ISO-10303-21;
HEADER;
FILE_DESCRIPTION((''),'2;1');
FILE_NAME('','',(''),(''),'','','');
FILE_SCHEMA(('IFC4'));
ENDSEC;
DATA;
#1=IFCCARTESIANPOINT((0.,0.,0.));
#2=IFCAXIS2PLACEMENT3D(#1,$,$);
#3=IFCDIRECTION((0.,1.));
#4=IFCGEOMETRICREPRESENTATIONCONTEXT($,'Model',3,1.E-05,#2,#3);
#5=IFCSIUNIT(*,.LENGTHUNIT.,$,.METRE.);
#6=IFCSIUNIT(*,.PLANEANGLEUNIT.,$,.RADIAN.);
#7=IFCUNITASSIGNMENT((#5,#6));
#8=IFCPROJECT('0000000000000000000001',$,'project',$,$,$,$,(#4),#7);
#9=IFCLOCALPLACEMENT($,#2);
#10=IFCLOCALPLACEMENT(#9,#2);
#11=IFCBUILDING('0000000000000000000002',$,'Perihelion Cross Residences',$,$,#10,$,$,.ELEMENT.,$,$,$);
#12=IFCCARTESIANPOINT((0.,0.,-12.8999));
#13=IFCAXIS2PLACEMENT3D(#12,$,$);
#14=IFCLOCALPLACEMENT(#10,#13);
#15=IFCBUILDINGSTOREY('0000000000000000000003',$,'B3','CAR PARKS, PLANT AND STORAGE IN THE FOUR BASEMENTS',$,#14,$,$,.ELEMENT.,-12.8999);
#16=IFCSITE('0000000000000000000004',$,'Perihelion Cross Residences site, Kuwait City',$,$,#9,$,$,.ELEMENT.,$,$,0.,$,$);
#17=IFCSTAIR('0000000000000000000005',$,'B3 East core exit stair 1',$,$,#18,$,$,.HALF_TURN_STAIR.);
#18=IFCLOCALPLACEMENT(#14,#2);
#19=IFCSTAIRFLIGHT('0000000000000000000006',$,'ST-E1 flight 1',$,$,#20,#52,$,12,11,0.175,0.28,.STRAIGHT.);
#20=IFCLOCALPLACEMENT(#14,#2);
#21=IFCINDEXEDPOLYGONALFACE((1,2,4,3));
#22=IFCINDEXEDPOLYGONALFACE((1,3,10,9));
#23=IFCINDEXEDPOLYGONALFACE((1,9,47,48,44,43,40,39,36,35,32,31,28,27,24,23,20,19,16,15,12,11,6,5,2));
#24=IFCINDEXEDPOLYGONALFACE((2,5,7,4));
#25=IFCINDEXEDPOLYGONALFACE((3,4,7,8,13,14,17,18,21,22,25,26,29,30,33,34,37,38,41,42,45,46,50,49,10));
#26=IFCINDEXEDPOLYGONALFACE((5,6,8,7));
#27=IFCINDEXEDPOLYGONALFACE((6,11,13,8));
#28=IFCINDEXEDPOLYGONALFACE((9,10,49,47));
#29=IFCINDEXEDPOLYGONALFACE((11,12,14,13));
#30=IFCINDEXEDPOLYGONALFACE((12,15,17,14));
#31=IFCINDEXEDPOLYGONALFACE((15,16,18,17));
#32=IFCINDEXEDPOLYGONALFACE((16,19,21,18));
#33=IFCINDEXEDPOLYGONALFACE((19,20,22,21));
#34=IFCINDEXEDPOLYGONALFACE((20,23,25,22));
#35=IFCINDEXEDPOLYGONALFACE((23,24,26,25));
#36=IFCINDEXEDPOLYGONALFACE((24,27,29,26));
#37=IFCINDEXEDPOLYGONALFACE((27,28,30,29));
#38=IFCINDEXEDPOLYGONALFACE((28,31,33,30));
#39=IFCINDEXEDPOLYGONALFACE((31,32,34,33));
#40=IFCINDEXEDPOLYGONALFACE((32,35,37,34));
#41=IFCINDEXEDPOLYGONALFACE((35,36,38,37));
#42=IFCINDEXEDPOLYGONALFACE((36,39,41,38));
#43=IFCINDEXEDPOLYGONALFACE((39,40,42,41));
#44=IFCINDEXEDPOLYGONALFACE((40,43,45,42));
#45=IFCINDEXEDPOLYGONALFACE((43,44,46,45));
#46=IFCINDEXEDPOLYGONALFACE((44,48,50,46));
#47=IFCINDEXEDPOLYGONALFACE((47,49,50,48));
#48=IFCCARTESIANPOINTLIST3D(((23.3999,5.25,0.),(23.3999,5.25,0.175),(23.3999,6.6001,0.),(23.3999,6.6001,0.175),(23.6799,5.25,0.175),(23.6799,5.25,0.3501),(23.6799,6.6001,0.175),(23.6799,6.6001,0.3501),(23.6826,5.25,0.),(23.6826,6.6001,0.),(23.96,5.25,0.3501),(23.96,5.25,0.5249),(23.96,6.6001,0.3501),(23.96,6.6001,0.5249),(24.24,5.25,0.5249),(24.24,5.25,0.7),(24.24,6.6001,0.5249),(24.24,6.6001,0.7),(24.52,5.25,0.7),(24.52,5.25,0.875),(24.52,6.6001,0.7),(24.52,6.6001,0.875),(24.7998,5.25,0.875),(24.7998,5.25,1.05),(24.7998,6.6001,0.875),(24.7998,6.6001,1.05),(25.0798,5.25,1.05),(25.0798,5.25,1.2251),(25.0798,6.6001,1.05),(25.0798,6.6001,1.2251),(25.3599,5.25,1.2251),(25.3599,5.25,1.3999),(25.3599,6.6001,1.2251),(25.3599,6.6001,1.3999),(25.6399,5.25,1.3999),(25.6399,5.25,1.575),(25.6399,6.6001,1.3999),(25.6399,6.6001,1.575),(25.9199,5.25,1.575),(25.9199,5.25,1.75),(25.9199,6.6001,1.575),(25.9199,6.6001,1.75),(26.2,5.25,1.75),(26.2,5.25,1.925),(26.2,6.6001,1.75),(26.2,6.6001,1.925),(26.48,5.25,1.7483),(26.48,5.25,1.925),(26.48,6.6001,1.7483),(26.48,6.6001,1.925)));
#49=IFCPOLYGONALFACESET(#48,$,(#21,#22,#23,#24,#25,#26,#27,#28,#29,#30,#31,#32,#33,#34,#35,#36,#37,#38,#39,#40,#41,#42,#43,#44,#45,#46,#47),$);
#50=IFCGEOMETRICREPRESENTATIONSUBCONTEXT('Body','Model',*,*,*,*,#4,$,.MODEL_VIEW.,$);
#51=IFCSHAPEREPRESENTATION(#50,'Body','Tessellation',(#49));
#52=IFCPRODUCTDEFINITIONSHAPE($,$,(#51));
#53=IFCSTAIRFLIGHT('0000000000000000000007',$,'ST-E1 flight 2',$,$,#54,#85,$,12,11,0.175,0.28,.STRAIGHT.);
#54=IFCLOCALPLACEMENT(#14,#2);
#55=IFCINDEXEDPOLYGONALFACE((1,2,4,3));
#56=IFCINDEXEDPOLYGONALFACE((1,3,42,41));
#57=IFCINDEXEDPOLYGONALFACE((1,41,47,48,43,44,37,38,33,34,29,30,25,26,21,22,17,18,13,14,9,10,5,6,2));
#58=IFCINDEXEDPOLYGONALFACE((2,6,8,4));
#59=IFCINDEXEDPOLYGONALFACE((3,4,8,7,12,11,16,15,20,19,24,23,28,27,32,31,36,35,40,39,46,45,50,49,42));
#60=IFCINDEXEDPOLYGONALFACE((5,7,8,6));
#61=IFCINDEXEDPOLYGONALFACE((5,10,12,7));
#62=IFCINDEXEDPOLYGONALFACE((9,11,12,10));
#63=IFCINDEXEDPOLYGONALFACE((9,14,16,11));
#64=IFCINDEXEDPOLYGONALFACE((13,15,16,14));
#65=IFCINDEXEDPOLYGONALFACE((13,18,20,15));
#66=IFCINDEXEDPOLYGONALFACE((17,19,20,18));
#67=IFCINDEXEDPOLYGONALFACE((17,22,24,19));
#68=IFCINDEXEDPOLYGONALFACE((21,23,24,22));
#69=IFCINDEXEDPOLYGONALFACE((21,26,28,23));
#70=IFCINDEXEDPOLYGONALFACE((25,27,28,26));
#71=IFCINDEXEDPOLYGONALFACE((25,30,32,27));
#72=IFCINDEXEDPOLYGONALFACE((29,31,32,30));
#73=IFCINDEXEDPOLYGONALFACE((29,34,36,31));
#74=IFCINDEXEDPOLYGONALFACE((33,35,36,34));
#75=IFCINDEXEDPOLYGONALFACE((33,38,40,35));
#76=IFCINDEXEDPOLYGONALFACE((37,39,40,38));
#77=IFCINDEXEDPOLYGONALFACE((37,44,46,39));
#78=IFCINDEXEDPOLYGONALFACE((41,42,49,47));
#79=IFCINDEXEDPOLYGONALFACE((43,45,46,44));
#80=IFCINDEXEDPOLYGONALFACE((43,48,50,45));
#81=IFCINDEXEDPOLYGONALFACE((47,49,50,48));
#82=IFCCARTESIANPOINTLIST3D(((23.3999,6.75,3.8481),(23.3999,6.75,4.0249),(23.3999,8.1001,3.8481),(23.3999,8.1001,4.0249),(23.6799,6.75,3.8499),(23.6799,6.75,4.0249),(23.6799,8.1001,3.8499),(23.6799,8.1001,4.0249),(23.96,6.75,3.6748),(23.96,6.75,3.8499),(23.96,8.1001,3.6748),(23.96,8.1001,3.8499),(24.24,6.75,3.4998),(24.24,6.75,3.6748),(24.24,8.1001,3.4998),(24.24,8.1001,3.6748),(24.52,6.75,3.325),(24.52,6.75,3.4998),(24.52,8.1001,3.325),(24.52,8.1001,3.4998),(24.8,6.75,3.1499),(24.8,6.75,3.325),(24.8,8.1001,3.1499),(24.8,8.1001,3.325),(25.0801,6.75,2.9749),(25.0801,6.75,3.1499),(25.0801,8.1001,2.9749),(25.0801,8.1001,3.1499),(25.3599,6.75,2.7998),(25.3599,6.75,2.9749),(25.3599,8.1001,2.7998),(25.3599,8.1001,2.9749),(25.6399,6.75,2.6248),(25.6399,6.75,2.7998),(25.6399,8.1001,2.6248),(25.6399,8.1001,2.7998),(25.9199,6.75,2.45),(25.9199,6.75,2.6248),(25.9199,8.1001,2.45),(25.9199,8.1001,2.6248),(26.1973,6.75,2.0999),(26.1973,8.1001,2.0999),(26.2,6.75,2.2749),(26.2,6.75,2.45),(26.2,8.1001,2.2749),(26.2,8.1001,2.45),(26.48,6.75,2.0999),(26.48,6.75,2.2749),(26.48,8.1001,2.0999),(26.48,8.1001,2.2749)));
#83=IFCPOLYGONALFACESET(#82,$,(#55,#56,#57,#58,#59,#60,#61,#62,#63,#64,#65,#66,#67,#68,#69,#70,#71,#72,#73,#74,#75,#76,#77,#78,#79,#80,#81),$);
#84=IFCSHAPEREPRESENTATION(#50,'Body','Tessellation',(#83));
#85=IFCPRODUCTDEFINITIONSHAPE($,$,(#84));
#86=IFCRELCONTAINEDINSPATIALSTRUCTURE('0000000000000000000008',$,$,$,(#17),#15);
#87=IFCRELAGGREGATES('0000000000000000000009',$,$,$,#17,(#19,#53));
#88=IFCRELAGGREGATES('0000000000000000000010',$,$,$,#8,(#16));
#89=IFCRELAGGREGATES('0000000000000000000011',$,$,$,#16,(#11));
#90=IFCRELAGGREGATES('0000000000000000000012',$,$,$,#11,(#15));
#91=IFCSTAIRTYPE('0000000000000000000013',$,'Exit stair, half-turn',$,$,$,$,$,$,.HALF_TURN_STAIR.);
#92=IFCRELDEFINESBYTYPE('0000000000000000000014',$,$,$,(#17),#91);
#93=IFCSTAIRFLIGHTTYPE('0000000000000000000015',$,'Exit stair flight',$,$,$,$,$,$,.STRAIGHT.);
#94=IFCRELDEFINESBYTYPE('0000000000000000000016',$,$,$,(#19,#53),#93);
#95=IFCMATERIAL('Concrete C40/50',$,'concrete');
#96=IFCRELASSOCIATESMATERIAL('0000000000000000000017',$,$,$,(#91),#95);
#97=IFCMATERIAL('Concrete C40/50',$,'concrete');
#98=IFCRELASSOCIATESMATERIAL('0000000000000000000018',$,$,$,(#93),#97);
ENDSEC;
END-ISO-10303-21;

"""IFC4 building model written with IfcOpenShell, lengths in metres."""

from ifc_helpers import new_model, si_unit, direction, frame, origin, place, context, subcontext, project, spatial, polyline, outline, extrude, material, type_object, element, aggregate, save


model = new_model("IFC4")

# Units and contexts
model_context = context("Model", 3, precision=1e-05, world=origin(), true_north=direction((0.0, 1.0)))
body_context = subcontext(model_context, "Body", "Model", "MODEL_VIEW")
ifc_project = project(units=[si_unit("LENGTHUNIT", "METRE"), si_unit("PLANEANGLEUNIT", "RADIAN")], contexts=[model_context])

# Site, building, storey
site_placement = place(None, origin())
site = spatial("IfcSite", under=ifc_project, at=site_placement, Name="Perihelion Cross Residences site, Kuwait City", CompositionType="ELEMENT", RefElevation=0.0)
building_placement = place(site_placement, origin())
building = spatial("IfcBuilding", under=site, at=building_placement, Name="Perihelion Cross Residences", CompositionType="ELEMENT")
storey_placement = place(building_placement, frame((0.0, 0.0, -12.8999)))
storey = spatial("IfcBuildingStorey", under=building, at=storey_placement, Name="B3", Description="CAR PARKS, PLANT AND STORAGE IN THE FOUR BASEMENTS", CompositionType="ELEMENT", Elevation=-12.8999)

# Stair, stair flights
ifc_material_1 = material(Name="Concrete C40/50", Category="concrete")
stair_type = type_object("IfcStairType", Name="Exit stair, half-turn", PredefinedType="HALF_TURN_STAIR", material=ifc_material_1)
stair_placement = place(storey_placement, origin())
stair = element("IfcStair", 1, at=stair_placement, inside=storey, type_object=stair_type, Name="B3 East core exit stair 1", PredefinedType="HALF_TURN_STAIR")
ifc_material_2 = material(Name="Concrete C40/50", Category="concrete")
stair_flight_type = type_object("IfcStairFlightType", Name="Exit stair flight", PredefinedType="STRAIGHT", material=ifc_material_2)
stair_flight_1_placement = place(storey_placement, frame((23.3999, 5.925, 0.0), z_axis=(0.0, 0.0, 1.0), x_axis=(1.0, 0.0, 0.0)))
stair_flight_1 = element("IfcStairFlight", 2, at=stair_flight_1_placement, type_object=stair_flight_type, Name="ST-E1 flight 1", NumberOfRisers=12, NumberOfTreads=11, PredefinedType="STRAIGHT", RiserHeight=0.175, TreadLength=0.28, context=body_context, shape_type="SweptSolid", body=[
    extrude(outline(polyline([(0.0, 0.0), (0.0, 0.175), (0.28, 0.175), (0.28, 0.3501), (0.5601, 0.3501), (0.5601, 0.5249), (0.8401, 0.5249), (0.8401, 0.7), (1.1201, 0.7), (1.1201, 0.875), (1.3999, 0.875), (1.3999, 1.05), (1.6799, 1.05), (1.6799, 1.2251), (1.96, 1.2251), (1.96, 1.3999), (2.24, 1.3999), (2.24, 1.575), (2.52, 1.575), (2.52, 1.75), (2.8, 1.75), (2.8, 1.925), (3.0801, 1.925), (3.0801, 2.1001), (3.0801, 1.7483), (0.2827, 0.0), (0.0, 0.0)])), frame((0.0, 0.675, 0.0), z_axis=(0.0, -1.0, 0.0), x_axis=(1.0, 0.0, 0.0)), (0.0, 0.0, 1.0), 1.3501),
])
stair_flight_2_placement = place(storey_placement, frame((26.48, 7.425, 2.0999), z_axis=(0.0, 0.0, 1.0), x_axis=(-1.0, 0.0, 0.0)))
stair_flight_2 = element("IfcStairFlight", 3, at=stair_flight_2_placement, type_object=stair_flight_type, Name="ST-E1 flight 2", NumberOfRisers=12, NumberOfTreads=11, PredefinedType="STRAIGHT", RiserHeight=0.175, TreadLength=0.28, context=body_context, shape_type="SweptSolid", body=[
    extrude(outline(polyline([(0.0, 0.0), (0.0, 0.175), (0.28, 0.175), (0.28, 0.3501), (0.5601, 0.3501), (0.5601, 0.5249), (0.8401, 0.5249), (0.8401, 0.7), (1.1201, 0.7), (1.1201, 0.875), (1.3999, 0.875), (1.3999, 1.05), (1.6799, 1.05), (1.6799, 1.2251), (1.96, 1.2251), (1.96, 1.3999), (2.24, 1.3999), (2.24, 1.575), (2.52, 1.575), (2.52, 1.75), (2.8, 1.75), (2.8, 1.925), (3.0801, 1.925), (3.0801, 2.1001), (3.0801, 1.7483), (0.2827, 0.0), (0.0, 0.0)])), frame((0.0, 0.675, 0.0), z_axis=(0.0, -1.0, 0.0), x_axis=(1.0, 0.0, 0.0)), (0.0, 0.0, 1.0), 1.3501),
])
aggregate(stair, [stair_flight_1, stair_flight_2])

save(model, "model.ifc")
